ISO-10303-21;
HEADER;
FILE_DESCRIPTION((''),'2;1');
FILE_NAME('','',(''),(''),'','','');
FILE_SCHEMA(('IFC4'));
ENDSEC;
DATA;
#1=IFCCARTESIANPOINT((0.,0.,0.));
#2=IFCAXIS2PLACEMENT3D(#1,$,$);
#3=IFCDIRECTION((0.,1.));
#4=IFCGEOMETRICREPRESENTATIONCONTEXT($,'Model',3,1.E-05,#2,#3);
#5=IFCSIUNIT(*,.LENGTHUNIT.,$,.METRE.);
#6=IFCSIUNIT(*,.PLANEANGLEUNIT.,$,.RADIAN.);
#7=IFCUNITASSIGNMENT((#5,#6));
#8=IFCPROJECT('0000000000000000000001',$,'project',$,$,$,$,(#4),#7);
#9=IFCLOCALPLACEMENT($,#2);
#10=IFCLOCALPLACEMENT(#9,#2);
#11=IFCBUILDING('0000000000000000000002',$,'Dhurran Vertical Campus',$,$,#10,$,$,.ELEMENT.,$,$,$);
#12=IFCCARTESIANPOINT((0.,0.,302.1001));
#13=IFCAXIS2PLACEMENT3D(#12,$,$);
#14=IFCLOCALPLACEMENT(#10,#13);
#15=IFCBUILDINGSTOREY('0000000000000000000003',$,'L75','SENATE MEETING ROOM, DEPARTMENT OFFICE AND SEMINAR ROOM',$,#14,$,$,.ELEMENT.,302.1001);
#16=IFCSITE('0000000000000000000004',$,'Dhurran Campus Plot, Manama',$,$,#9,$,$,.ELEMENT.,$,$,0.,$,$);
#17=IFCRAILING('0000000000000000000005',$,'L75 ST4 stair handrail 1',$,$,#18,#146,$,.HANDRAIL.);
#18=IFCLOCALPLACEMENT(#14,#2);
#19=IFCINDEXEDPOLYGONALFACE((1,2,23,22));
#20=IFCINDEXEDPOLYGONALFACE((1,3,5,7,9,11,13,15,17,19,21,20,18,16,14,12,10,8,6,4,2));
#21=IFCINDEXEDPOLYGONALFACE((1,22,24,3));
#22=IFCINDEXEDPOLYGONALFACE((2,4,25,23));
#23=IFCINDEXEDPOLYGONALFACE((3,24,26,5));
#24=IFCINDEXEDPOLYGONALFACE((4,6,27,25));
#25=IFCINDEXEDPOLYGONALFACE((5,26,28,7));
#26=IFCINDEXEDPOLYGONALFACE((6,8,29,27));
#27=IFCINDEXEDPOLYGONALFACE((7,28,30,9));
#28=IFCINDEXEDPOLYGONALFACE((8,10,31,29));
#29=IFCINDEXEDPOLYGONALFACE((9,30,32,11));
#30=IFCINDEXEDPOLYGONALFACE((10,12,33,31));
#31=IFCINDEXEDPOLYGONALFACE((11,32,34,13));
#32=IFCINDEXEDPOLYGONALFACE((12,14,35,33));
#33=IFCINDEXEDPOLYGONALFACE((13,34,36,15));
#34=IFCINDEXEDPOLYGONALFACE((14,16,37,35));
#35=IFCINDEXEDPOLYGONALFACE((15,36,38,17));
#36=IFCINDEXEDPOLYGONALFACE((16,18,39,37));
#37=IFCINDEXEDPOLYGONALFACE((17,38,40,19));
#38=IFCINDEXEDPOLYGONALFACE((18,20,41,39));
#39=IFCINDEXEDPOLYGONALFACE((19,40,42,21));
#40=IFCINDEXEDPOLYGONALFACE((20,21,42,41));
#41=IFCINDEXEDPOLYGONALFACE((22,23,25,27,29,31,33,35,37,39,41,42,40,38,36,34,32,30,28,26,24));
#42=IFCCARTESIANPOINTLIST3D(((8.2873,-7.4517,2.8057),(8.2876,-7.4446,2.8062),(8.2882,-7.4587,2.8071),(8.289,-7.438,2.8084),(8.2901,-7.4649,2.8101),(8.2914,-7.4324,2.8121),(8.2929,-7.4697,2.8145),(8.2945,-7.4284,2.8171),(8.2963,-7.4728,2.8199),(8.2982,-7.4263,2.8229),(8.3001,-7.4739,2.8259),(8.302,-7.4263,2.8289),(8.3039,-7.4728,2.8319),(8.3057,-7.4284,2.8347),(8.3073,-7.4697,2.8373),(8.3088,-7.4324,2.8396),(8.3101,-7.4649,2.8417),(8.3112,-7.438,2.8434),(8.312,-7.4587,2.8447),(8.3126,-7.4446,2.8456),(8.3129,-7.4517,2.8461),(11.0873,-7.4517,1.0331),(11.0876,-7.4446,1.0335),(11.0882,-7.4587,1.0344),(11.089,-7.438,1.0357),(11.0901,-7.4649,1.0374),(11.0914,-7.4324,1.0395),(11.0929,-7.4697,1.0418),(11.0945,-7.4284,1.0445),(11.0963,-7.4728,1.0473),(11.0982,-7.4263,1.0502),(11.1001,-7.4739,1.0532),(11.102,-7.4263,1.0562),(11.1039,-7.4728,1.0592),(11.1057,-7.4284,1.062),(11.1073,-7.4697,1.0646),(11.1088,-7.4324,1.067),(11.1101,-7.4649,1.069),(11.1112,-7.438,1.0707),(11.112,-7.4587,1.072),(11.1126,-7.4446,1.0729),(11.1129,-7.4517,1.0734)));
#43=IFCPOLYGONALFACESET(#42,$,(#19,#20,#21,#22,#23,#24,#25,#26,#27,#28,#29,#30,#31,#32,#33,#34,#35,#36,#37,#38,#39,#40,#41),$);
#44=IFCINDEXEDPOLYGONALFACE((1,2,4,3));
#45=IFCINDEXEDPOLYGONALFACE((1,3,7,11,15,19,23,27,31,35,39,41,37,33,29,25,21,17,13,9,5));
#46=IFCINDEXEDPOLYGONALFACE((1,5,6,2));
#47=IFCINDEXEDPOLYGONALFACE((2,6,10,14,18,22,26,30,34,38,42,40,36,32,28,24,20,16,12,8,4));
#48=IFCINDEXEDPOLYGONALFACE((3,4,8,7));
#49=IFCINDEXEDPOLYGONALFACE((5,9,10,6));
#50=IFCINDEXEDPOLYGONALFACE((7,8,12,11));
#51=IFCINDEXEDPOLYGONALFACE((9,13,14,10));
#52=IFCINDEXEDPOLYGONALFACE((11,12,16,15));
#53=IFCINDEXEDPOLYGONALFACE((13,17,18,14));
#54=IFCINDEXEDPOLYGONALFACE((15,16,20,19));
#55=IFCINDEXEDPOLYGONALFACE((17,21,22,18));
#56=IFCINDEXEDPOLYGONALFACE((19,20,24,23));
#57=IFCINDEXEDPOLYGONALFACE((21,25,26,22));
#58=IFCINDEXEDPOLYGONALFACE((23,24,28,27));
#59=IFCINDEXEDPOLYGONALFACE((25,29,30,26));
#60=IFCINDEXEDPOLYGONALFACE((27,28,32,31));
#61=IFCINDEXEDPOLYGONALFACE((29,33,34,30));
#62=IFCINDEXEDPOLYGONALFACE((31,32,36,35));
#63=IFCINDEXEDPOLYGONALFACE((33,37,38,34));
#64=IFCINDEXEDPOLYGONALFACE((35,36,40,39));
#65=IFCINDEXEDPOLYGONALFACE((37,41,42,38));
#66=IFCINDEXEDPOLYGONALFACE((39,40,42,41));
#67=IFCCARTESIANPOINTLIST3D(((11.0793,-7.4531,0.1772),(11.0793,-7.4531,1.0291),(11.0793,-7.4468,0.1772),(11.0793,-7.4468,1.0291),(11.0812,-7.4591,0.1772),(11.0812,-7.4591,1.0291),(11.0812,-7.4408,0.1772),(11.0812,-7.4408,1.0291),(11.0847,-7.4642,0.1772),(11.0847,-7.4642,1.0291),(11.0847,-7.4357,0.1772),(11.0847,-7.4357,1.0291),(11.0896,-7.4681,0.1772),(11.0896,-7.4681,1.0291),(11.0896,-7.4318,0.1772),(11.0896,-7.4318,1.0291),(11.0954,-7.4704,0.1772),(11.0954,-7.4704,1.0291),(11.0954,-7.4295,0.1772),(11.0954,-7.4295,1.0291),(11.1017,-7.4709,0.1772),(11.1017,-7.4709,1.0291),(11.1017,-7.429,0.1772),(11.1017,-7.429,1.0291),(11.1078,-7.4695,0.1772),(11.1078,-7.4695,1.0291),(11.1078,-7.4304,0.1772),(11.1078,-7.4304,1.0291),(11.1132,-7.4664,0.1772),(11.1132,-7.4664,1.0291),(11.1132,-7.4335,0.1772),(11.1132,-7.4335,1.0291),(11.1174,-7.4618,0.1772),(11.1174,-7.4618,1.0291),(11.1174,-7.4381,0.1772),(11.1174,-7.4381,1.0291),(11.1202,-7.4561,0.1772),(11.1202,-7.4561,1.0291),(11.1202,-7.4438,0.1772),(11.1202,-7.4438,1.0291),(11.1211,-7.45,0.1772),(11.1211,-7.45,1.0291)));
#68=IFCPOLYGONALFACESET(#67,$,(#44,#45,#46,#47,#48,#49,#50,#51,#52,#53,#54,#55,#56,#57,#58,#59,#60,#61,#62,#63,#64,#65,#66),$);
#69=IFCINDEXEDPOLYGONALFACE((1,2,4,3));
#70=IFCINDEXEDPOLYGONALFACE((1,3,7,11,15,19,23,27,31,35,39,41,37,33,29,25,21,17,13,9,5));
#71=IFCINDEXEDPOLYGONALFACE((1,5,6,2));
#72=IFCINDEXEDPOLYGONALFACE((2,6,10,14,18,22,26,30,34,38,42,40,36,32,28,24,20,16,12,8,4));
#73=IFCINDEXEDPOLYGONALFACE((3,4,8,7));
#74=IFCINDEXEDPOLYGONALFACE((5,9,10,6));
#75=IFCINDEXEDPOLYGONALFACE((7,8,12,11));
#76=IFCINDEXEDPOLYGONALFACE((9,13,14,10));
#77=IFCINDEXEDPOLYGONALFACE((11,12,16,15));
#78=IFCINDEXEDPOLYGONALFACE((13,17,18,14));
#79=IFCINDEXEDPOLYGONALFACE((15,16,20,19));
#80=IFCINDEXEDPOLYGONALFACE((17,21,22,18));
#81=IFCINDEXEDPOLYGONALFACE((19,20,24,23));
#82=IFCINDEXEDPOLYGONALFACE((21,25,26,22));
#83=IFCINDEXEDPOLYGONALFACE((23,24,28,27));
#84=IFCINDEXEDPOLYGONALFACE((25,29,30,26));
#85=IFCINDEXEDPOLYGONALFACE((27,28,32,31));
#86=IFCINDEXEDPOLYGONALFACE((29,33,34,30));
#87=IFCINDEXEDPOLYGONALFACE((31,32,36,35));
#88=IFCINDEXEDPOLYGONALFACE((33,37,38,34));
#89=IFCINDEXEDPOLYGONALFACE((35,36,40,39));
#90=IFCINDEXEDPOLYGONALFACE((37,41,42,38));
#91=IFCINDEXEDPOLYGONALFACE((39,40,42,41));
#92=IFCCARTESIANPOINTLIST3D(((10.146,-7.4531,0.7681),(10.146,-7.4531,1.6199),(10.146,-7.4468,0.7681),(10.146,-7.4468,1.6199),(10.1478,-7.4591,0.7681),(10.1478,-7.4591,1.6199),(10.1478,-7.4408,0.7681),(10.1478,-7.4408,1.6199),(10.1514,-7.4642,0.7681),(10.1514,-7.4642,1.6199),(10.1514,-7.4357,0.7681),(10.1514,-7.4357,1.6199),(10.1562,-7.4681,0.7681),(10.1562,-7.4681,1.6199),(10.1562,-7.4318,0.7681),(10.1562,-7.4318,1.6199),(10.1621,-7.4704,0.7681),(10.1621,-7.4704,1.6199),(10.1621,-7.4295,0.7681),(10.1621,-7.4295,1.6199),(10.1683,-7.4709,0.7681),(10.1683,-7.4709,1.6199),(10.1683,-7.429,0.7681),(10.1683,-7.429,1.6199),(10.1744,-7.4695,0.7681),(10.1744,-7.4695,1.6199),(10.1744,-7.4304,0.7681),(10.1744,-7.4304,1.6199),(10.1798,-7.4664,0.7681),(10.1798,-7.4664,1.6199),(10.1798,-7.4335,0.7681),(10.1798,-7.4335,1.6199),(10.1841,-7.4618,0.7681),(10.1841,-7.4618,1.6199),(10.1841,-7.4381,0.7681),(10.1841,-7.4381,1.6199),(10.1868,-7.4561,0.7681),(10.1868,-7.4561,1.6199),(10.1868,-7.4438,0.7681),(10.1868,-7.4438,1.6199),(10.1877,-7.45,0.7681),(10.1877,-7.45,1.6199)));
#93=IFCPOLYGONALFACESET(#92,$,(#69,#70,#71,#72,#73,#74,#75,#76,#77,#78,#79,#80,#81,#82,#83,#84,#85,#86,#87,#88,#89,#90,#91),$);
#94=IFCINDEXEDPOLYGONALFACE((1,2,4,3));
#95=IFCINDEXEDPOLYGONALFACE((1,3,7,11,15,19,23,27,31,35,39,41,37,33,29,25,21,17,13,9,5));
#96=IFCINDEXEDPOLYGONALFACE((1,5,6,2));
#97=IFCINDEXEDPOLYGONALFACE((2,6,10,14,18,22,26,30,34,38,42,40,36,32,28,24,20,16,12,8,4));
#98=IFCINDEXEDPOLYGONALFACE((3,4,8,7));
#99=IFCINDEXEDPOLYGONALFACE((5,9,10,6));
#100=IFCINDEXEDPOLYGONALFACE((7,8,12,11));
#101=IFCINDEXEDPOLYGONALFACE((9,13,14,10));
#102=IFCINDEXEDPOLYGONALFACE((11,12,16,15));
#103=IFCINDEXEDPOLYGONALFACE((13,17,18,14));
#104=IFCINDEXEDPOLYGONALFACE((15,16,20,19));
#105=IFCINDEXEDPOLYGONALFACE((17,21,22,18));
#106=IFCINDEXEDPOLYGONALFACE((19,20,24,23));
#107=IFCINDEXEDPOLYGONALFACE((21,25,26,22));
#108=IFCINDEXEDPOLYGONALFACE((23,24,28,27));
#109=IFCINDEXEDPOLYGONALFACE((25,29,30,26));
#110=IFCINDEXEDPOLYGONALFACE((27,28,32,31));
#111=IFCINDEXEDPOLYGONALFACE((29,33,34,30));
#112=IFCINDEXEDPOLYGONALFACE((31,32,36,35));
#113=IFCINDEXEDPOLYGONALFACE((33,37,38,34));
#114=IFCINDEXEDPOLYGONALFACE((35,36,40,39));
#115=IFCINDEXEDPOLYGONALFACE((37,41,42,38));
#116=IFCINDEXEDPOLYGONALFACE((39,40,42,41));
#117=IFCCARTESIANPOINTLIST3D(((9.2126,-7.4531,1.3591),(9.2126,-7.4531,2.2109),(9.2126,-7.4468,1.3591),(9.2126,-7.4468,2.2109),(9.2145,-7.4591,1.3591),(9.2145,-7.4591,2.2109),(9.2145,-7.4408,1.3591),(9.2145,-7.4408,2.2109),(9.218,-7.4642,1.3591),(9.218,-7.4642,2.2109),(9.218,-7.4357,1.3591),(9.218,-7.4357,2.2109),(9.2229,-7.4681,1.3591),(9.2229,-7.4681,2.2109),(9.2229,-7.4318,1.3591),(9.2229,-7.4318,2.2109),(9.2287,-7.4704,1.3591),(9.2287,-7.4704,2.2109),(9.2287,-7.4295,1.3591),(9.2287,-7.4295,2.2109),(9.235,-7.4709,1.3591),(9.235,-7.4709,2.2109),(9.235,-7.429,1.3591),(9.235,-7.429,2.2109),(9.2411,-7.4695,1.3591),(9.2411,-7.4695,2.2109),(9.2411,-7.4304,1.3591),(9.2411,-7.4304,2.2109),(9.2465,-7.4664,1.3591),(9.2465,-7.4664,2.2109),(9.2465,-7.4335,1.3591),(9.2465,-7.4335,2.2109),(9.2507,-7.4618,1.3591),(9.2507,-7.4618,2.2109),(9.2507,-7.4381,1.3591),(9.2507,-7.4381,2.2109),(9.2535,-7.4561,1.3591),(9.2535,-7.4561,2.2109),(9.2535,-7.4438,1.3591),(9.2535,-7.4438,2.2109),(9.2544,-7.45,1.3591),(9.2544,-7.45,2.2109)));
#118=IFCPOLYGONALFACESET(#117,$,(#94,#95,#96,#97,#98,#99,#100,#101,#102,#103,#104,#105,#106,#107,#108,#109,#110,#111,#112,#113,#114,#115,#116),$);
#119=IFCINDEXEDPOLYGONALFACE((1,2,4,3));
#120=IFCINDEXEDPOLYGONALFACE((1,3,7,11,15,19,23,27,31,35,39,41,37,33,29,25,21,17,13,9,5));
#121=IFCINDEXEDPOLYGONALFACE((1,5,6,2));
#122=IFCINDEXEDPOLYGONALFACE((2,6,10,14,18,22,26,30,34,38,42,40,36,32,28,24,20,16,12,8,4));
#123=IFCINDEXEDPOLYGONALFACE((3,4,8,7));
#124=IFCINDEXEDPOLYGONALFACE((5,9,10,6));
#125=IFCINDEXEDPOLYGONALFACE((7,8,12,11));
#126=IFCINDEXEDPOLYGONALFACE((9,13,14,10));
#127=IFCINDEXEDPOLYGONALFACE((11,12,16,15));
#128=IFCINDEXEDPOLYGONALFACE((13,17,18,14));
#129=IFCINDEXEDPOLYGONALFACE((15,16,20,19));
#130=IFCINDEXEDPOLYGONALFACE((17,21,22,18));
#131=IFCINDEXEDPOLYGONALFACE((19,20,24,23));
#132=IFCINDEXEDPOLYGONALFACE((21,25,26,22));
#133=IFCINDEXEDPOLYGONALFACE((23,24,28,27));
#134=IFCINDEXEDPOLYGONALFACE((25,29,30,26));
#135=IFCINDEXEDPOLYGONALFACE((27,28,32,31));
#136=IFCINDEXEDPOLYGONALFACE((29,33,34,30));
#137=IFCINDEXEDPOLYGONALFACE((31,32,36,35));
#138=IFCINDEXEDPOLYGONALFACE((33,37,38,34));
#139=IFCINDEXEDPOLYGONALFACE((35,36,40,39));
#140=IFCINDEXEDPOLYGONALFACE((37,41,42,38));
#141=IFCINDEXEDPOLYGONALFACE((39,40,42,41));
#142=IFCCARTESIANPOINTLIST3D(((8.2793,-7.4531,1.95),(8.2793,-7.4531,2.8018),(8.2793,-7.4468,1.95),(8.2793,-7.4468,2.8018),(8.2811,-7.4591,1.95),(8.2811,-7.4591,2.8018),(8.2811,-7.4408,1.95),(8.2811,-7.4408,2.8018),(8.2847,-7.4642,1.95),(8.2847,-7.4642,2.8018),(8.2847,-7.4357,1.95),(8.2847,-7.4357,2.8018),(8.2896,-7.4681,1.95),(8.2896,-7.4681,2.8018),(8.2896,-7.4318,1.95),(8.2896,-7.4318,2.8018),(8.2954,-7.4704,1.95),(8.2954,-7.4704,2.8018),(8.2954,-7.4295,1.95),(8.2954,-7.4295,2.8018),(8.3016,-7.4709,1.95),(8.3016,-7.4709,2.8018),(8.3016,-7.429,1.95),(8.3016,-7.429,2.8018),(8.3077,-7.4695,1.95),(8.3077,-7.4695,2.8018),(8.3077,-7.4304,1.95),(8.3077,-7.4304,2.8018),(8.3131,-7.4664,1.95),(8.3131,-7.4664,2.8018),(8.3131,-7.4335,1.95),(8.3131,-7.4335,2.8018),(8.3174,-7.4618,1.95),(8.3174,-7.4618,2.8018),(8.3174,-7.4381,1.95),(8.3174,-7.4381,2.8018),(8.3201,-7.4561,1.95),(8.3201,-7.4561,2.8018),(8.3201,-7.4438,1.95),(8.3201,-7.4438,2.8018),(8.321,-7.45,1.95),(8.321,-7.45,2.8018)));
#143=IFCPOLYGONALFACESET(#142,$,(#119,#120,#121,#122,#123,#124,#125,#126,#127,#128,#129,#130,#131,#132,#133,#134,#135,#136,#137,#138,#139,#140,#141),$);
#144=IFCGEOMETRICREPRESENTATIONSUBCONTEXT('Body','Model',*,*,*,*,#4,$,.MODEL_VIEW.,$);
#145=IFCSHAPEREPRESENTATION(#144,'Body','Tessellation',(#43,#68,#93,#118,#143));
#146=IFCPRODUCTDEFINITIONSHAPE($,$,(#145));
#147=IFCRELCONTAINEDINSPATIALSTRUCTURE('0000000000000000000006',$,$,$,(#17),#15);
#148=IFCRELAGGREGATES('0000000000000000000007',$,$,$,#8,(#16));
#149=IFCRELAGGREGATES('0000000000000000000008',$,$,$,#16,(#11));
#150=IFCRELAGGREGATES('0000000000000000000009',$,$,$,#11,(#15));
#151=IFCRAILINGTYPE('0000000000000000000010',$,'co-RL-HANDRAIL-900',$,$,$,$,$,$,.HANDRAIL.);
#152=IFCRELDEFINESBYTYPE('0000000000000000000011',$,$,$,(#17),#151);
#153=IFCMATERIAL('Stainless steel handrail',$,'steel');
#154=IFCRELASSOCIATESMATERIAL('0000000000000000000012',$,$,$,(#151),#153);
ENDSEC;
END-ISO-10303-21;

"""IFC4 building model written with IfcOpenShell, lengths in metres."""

from ifc_helpers import new_model, si_unit, direction, frame, origin, origin_2d, place, context, subcontext, project, spatial, circle, extrude, material, type_object, element, save


model = new_model("IFC4")

# Units and contexts
model_context = context("Model", 3, precision=1e-05, world=origin(), true_north=direction((0.0, 1.0)))
body_context = subcontext(model_context, "Body", "Model", "MODEL_VIEW")
ifc_project = project(units=[si_unit("LENGTHUNIT", "METRE"), si_unit("PLANEANGLEUNIT", "RADIAN")], contexts=[model_context])

# Site, building, storey
site_placement = place(None, origin())
site = spatial("IfcSite", under=ifc_project, at=site_placement, Name="Dhurran Campus Plot, Manama", CompositionType="ELEMENT", RefElevation=0.0)
building_placement = place(site_placement, origin())
building = spatial("IfcBuilding", under=site, at=building_placement, Name="Dhurran Vertical Campus", CompositionType="ELEMENT")
storey_placement = place(building_placement, frame((0.0, 0.0, 302.1001)))
storey = spatial("IfcBuildingStorey", under=building, at=storey_placement, Name="L75", Description="SENATE MEETING ROOM, DEPARTMENT OFFICE AND SEMINAR ROOM", CompositionType="ELEMENT", Elevation=302.1001)

# Railing
ifc_material_1 = material(Name="Stainless steel handrail", Category="steel")
railing_type_1 = type_object("IfcRailingType", Name="co-RL-HANDRAIL-900", PredefinedType="HANDRAIL", material=ifc_material_1)
railing_1_placement = place(storey_placement, frame((11.1001, -7.45, 0.1772)))
element("IfcRailing", 1, at=railing_1_placement, inside=storey, type_object=railing_type_1, Name="L75 ST4 stair handrail 1", PredefinedType="HANDRAIL", context=body_context, shape_type="SweptSolid", body=[
    extrude(circle(Radius=0.0239, at=origin_2d()), frame((0.0, 0.0, 0.876), z_axis=(-0.844909, 0.0, 0.53491), x_axis=(0.0, -1.0, 0.0)), (0.0, 0.0, 1.0), 3.314),
    extrude(circle(Radius=0.021, at=origin_2d()), origin(), (0.0, 0.0, 1.0), 0.8518),
    extrude(circle(Radius=0.021, at=origin_2d()), frame((-0.9333, 0.0, 0.5908)), (0.0, 0.0, 1.0), 0.8518),
    extrude(circle(Radius=0.021, at=origin_2d()), frame((-1.8667, 0.0, 1.1819)), (0.0, 0.0, 1.0), 0.8518),
    extrude(circle(Radius=0.021, at=origin_2d()), frame((-2.8, 0.0, 1.7727)), (0.0, 0.0, 1.0), 0.8518),
])

save(model, "model.ifc")
